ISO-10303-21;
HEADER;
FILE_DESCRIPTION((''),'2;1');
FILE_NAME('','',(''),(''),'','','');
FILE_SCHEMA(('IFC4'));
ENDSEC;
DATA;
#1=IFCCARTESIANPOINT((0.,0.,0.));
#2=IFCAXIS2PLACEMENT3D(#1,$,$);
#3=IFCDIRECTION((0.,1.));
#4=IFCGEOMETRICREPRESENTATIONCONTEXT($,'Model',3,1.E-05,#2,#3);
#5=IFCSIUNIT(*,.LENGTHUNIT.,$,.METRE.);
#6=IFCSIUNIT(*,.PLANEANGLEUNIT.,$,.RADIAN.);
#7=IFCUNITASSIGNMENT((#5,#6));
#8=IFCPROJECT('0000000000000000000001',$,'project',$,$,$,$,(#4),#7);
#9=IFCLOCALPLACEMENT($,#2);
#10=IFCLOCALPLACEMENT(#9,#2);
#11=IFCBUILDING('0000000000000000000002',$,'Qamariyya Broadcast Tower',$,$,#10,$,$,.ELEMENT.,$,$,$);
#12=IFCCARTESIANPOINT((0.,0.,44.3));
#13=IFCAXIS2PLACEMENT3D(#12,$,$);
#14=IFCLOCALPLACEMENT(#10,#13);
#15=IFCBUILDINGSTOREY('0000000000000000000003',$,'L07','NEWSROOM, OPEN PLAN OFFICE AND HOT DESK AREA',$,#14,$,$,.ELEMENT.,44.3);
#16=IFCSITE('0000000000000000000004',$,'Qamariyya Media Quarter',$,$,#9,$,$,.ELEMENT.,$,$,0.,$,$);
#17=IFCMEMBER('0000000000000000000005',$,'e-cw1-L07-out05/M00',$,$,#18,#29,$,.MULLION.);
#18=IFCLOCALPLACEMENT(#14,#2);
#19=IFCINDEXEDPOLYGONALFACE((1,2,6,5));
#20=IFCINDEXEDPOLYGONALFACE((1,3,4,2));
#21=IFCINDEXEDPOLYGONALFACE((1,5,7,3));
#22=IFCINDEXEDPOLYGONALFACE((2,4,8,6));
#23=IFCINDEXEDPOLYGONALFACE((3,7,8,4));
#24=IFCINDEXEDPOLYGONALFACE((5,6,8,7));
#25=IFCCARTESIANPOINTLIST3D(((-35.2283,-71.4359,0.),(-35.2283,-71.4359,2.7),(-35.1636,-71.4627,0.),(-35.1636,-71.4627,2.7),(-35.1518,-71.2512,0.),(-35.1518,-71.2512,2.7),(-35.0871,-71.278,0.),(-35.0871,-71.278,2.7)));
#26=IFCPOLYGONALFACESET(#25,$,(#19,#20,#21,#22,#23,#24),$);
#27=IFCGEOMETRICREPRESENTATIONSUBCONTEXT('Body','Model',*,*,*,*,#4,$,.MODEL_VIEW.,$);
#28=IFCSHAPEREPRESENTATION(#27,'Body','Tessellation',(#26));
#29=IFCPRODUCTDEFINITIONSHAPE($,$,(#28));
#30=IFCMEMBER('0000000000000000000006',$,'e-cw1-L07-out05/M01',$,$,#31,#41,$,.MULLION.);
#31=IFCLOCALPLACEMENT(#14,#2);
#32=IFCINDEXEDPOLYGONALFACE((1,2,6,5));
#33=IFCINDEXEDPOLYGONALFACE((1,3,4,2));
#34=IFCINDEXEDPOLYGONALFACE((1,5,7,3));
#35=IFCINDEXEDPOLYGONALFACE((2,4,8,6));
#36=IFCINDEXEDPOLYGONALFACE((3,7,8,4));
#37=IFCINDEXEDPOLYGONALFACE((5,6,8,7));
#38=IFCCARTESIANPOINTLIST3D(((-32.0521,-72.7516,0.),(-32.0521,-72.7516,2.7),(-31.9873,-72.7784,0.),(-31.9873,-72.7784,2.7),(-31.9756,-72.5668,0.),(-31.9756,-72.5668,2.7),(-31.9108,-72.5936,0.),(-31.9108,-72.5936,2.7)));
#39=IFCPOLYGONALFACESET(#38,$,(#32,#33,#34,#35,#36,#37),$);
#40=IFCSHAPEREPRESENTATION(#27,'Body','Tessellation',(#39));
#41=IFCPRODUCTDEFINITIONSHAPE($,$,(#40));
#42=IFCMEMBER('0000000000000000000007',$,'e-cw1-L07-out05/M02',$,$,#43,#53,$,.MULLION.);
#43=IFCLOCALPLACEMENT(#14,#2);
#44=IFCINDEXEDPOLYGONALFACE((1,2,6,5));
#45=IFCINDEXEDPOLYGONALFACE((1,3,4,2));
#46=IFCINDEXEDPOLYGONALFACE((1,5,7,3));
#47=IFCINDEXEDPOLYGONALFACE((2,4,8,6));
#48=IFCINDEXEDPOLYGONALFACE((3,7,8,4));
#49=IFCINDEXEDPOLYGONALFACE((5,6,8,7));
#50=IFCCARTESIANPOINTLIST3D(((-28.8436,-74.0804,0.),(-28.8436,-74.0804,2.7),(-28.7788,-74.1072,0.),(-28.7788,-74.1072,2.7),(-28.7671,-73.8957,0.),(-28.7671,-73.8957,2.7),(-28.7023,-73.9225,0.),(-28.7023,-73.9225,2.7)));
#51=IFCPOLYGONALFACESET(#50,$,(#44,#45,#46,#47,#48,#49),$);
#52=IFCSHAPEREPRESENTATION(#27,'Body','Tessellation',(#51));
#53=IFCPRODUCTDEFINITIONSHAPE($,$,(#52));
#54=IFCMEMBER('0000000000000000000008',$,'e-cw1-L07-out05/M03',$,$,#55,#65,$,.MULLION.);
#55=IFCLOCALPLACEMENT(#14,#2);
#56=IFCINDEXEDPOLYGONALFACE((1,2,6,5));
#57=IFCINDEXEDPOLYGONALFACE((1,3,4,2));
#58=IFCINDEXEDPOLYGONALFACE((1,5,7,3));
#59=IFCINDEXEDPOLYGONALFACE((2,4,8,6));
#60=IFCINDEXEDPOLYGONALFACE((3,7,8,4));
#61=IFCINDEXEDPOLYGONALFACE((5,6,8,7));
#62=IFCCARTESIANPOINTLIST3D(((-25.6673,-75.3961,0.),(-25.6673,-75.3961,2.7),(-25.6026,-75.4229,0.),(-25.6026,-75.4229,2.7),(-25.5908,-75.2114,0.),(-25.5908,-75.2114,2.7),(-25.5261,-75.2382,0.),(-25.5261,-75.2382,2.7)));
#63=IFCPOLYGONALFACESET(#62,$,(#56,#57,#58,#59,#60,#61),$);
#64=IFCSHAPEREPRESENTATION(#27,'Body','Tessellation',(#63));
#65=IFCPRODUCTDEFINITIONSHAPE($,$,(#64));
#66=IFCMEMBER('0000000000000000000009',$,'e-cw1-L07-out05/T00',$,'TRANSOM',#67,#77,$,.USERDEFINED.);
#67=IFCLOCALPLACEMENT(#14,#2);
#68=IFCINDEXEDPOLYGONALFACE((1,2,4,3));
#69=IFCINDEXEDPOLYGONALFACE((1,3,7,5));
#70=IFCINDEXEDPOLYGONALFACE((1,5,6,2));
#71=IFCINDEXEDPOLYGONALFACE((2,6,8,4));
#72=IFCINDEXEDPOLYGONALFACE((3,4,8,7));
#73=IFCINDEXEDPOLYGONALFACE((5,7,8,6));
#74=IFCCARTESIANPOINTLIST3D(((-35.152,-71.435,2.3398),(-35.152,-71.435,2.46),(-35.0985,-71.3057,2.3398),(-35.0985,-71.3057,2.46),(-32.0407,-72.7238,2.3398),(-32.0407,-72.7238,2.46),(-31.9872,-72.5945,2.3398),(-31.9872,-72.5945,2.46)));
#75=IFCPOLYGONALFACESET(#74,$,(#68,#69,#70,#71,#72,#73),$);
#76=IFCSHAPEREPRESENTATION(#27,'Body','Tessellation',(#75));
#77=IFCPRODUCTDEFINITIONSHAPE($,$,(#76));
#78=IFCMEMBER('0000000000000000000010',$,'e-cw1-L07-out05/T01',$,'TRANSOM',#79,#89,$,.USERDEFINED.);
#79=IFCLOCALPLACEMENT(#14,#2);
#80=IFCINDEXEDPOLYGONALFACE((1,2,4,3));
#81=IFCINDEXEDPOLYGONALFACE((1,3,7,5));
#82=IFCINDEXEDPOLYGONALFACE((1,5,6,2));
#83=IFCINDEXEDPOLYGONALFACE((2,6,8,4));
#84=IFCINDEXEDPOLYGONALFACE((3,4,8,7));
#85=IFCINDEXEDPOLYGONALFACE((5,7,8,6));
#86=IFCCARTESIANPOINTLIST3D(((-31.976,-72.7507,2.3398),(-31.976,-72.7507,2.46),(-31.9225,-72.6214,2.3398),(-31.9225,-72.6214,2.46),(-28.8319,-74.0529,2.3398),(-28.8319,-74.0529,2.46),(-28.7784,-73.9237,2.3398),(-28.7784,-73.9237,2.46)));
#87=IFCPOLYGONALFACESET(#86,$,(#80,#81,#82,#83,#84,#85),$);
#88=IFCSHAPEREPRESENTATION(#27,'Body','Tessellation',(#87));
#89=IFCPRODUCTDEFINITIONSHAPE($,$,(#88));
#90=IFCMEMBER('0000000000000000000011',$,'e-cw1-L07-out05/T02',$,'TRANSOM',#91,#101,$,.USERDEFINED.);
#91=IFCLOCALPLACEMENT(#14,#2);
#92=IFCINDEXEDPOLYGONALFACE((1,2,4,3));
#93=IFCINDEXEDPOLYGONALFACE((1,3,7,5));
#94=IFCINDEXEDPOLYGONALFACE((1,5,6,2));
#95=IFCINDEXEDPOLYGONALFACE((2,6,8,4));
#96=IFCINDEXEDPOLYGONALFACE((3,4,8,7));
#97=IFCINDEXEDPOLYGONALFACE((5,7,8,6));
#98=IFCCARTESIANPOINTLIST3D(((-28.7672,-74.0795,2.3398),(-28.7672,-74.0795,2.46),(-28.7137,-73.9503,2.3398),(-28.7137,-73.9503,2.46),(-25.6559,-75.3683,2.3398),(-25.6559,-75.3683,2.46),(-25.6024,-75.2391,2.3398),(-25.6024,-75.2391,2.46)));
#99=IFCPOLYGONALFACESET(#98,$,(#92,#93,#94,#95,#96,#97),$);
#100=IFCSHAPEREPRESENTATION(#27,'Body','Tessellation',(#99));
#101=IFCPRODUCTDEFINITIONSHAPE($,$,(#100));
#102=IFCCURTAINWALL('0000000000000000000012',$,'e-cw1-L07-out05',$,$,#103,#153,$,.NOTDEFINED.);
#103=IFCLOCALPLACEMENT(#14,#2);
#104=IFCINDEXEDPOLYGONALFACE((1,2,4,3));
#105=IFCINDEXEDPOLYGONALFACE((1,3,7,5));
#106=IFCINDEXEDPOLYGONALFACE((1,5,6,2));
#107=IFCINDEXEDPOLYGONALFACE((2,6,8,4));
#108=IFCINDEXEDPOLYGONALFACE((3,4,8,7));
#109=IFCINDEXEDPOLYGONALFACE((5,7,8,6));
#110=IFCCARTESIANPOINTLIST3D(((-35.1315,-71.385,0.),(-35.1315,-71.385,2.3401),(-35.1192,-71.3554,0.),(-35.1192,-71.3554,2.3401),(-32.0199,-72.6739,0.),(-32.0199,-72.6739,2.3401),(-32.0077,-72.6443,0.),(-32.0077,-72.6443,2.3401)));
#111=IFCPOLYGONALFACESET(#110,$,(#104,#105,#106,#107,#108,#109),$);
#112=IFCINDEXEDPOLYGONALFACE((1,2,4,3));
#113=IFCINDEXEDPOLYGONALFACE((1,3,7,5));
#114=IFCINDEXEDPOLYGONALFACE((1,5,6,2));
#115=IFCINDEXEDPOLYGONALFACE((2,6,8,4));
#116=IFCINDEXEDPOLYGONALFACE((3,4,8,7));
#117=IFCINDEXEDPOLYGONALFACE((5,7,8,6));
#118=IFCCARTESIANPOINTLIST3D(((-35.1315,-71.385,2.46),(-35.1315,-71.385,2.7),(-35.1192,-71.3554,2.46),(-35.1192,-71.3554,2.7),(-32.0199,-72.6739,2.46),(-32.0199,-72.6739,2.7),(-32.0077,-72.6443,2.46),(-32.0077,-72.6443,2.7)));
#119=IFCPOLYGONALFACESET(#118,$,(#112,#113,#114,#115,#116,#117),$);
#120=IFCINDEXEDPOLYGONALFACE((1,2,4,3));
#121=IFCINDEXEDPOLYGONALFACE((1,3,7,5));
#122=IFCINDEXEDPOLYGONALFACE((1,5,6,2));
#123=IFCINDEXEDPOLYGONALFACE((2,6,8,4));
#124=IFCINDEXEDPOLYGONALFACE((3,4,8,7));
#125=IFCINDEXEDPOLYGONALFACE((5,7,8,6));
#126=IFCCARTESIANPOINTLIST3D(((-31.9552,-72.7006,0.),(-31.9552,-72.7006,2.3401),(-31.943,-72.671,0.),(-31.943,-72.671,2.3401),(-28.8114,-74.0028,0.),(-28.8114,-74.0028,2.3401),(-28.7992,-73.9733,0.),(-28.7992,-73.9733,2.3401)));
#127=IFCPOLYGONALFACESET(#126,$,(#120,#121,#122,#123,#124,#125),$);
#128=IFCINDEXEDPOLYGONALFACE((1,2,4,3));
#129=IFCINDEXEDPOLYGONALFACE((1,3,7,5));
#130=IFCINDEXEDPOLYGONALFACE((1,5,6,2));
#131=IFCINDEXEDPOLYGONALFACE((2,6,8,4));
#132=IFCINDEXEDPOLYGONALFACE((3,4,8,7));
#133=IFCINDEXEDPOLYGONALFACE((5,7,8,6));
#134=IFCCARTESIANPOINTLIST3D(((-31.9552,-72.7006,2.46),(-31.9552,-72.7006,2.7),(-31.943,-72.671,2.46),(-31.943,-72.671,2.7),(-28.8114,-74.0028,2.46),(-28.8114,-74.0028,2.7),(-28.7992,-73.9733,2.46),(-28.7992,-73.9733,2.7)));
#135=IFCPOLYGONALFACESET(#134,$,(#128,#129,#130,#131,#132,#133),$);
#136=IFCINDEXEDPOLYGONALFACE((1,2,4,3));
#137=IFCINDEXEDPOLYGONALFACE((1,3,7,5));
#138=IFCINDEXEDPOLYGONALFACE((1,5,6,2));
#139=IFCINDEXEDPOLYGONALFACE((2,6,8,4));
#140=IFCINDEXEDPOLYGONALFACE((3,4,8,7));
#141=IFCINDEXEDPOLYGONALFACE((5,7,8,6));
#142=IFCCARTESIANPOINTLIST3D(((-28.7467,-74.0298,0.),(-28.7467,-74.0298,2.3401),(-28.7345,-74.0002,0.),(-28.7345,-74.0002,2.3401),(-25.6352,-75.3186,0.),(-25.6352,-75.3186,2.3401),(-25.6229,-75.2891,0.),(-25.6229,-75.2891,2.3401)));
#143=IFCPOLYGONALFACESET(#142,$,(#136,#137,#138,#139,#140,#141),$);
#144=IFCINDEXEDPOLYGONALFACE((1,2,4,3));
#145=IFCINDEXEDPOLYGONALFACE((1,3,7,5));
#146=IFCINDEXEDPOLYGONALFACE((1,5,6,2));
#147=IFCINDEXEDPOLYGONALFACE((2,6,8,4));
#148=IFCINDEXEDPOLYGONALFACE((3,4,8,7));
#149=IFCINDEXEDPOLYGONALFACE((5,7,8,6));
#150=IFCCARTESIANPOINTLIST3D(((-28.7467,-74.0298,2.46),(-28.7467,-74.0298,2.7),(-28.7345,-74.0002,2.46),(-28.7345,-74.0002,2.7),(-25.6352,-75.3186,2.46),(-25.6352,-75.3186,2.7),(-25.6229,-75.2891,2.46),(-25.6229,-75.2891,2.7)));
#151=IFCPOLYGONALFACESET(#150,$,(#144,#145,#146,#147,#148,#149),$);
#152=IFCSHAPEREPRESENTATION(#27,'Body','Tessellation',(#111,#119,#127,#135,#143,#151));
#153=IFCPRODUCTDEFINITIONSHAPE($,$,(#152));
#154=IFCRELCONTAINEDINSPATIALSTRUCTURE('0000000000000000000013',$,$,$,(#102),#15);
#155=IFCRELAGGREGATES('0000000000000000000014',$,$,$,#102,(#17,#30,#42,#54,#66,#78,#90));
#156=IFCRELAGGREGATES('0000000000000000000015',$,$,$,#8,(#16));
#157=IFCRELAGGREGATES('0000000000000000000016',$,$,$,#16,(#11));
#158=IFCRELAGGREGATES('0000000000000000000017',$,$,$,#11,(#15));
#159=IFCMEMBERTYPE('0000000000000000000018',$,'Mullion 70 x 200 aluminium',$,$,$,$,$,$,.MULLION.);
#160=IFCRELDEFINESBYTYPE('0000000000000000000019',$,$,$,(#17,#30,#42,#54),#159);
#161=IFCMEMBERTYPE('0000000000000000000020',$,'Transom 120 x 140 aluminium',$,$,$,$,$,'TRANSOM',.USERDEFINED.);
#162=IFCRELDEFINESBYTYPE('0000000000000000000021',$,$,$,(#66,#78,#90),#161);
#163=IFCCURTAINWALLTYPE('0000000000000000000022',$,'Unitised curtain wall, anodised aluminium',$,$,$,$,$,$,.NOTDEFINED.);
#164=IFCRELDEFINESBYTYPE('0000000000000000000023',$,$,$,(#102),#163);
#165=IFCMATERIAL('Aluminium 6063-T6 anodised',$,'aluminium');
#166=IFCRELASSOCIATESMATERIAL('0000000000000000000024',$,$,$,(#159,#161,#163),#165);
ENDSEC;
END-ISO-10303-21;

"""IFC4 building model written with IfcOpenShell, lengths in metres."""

from ifc_helpers import new_model, si_unit, direction, frame, origin, origin_2d, place, context, subcontext, project, spatial, rectangle, extrude, material, material_profile, profile_set, type_object, element, aggregate, save


model = new_model("IFC4")

# Units and contexts
model_context = context("Model", 3, precision=1e-05, world=origin(), true_north=direction((0.0, 1.0)))
body_context = subcontext(model_context, "Body", "Model", "MODEL_VIEW")
ifc_project = project(units=[si_unit("LENGTHUNIT", "METRE"), si_unit("PLANEANGLEUNIT", "RADIAN")], contexts=[model_context])

# Members
ifc_material = material(Name="Aluminium 6063-T6 anodised", Category="aluminium")
ifc_material_profile_1 = material_profile(ifc_material, rectangle(XDim=0.2, YDim=0.0701, at=origin_2d()))
ifc_profile_set_1 = profile_set([ifc_material_profile_1], Name="Aluminium 6063-T6 anodised")
member_type_1 = type_object("IfcMemberType", Name="Mullion 70 x 200 aluminium", PredefinedType="MULLION", material=ifc_profile_set_1)
site_placement = place(None, origin())
building_placement = place(site_placement, origin())
storey_placement = place(building_placement, frame((0.0, 0.0, 44.3)))
member_1_placement = place(storey_placement, frame((-35.1577, -71.3569, 0.0), z_axis=(0.0, 0.0, 1.0), x_axis=(0.382683, 0.92388, 0.0)))
member_1 = element("IfcMember", 1, at=member_1_placement, type_object=member_type_1, Name="e-cw1-L07-out05/M00", PredefinedType="MULLION", context=body_context, shape_type="SweptSolid", body=[
    extrude(rectangle(XDim=0.2, YDim=0.0701, at=origin_2d()), origin(), (0.0, 0.0, 1.0), 2.7),
])
member_2_placement = place(storey_placement, frame((-31.9814, -72.6726, 0.0), z_axis=(0.0, 0.0, 1.0), x_axis=(0.382683, 0.92388, 0.0)))
member_2 = element("IfcMember", 2, at=member_2_placement, type_object=member_type_1, Name="e-cw1-L07-out05/M01", PredefinedType="MULLION", context=body_context, shape_type="SweptSolid", body=[
    extrude(rectangle(XDim=0.2, YDim=0.0701, at=origin_2d()), origin(), (0.0, 0.0, 1.0), 2.7),
])
member_3_placement = place(storey_placement, frame((-28.7729, -74.0015, 0.0), z_axis=(0.0, 0.0, 1.0), x_axis=(0.382683, 0.92388, 0.0)))
member_3 = element("IfcMember", 3, at=member_3_placement, type_object=member_type_1, Name="e-cw1-L07-out05/M02", PredefinedType="MULLION", context=body_context, shape_type="SweptSolid", body=[
    extrude(rectangle(XDim=0.2, YDim=0.0701, at=origin_2d()), origin(), (0.0, 0.0, 1.0), 2.7),
])
member_4_placement = place(storey_placement, frame((-25.5967, -75.3171, 0.0), z_axis=(0.0, 0.0, 1.0), x_axis=(0.382683, 0.92388, 0.0)))
member_4 = element("IfcMember", 4, at=member_4_placement, type_object=member_type_1, Name="e-cw1-L07-out05/M03", PredefinedType="MULLION", context=body_context, shape_type="SweptSolid", body=[
    extrude(rectangle(XDim=0.2, YDim=0.0701, at=origin_2d()), origin(), (0.0, 0.0, 1.0), 2.7),
])
ifc_material_profile_2 = material_profile(ifc_material, rectangle(XDim=0.1399, YDim=0.1201, at=origin_2d()))
ifc_profile_set_2 = profile_set([ifc_material_profile_2], Name="Aluminium 6063-T6 anodised")
member_type_2 = type_object("IfcMemberType", Name="Transom 120 x 140 aluminium", ElementType="TRANSOM", PredefinedType="USERDEFINED", material=ifc_profile_set_2)
member_5_placement = place(storey_placement, frame((-35.1252, -71.3704, 2.3999), z_axis=(0.923873, -0.3827, 0.0), x_axis=(0.3827, 0.923873, 0.0)))
member_5 = element("IfcMember", 5, at=member_5_placement, type_object=member_type_2, Name="e-cw1-L07-out05/T00", ObjectType="TRANSOM", PredefinedType="USERDEFINED", context=body_context, shape_type="SweptSolid", body=[
    extrude(rectangle(XDim=0.1399, YDim=0.1201, at=origin_2d()), origin(), (0.0, 0.0, 1.0), 3.3677),
])
member_6_placement = place(storey_placement, frame((-31.9492, -72.686, 2.3999), z_axis=(0.923886, -0.382669, 0.0), x_axis=(0.382669, 0.923886, 0.0)))
member_6 = element("IfcMember", 6, at=member_6_placement, type_object=member_type_2, Name="e-cw1-L07-out05/T01", ObjectType="TRANSOM", PredefinedType="USERDEFINED", context=body_context, shape_type="SweptSolid", body=[
    extrude(rectangle(XDim=0.1399, YDim=0.1201, at=origin_2d()), origin(), (0.0, 0.0, 1.0), 3.4031),
])
member_7_placement = place(storey_placement, frame((-28.7405, -74.0149, 2.3999), z_axis=(0.923873, -0.3827, 0.0), x_axis=(0.3827, 0.923873, 0.0)))
member_7 = element("IfcMember", 7, at=member_7_placement, type_object=member_type_2, Name="e-cw1-L07-out05/T02", ObjectType="TRANSOM", PredefinedType="USERDEFINED", context=body_context, shape_type="SweptSolid", body=[
    extrude(rectangle(XDim=0.1399, YDim=0.1201, at=origin_2d()), origin(), (0.0, 0.0, 1.0), 3.3677),
])

# Site, building, storey
site = spatial("IfcSite", under=ifc_project, at=site_placement, Name="Qamariyya Media Quarter", CompositionType="ELEMENT", RefElevation=0.0)
building = spatial("IfcBuilding", under=site, at=building_placement, Name="Qamariyya Broadcast Tower", CompositionType="ELEMENT")
storey = spatial("IfcBuildingStorey", under=building, at=storey_placement, Name="L07", Description="NEWSROOM, OPEN PLAN OFFICE AND HOT DESK AREA", CompositionType="ELEMENT", Elevation=44.3)

# Curtain wall
curtain_wall_type = type_object("IfcCurtainWallType", Name="Unitised curtain wall, anodised aluminium", PredefinedType="NOTDEFINED", material=ifc_material)
curtain_wall_1_placement = place(storey_placement, origin())
curtain_wall_1 = element("IfcCurtainWall", 8, at=curtain_wall_1_placement, inside=storey, type_object=curtain_wall_type, Name="e-cw1-L07-out05", PredefinedType="NOTDEFINED", context=body_context, shape_type="SweptSolid", body=[
    extrude(rectangle(XDim=3.3679, YDim=0.032, at=origin_2d()), frame((-33.5696, -72.0146, 0.0), x_axis=(0.923878, -0.382688, 0.0)), (0.0, 0.0, 1.0), 2.3401),
    extrude(rectangle(XDim=3.3679, YDim=0.032, at=origin_2d()), frame((-33.5696, -72.0146, 2.46), x_axis=(0.923878, -0.382688, 0.0)), (0.0, 0.0, 1.0), 0.24),
    extrude(rectangle(XDim=3.4028, YDim=0.032, at=origin_2d()), frame((-30.3772, -73.3369, 0.0), x_axis=(0.923878, -0.382688, 0.0)), (0.0, 0.0, 1.0), 2.3401),
    extrude(rectangle(XDim=3.4028, YDim=0.032, at=origin_2d()), frame((-30.3772, -73.3369, 2.46), x_axis=(0.923878, -0.382688, 0.0)), (0.0, 0.0, 1.0), 0.24),
    extrude(rectangle(XDim=3.3679, YDim=0.032, at=origin_2d()), frame((-27.1848, -74.6594, 0.0), x_axis=(0.923878, -0.382688, 0.0)), (0.0, 0.0, 1.0), 2.3401),
    extrude(rectangle(XDim=3.3679, YDim=0.032, at=origin_2d()), frame((-27.1848, -74.6594, 2.46), x_axis=(0.923878, -0.382688, 0.0)), (0.0, 0.0, 1.0), 0.24),
])
aggregate(curtain_wall_1, [member_1, member_2, member_3, member_4, member_5, member_6, member_7])

save(model, "model.ifc")
